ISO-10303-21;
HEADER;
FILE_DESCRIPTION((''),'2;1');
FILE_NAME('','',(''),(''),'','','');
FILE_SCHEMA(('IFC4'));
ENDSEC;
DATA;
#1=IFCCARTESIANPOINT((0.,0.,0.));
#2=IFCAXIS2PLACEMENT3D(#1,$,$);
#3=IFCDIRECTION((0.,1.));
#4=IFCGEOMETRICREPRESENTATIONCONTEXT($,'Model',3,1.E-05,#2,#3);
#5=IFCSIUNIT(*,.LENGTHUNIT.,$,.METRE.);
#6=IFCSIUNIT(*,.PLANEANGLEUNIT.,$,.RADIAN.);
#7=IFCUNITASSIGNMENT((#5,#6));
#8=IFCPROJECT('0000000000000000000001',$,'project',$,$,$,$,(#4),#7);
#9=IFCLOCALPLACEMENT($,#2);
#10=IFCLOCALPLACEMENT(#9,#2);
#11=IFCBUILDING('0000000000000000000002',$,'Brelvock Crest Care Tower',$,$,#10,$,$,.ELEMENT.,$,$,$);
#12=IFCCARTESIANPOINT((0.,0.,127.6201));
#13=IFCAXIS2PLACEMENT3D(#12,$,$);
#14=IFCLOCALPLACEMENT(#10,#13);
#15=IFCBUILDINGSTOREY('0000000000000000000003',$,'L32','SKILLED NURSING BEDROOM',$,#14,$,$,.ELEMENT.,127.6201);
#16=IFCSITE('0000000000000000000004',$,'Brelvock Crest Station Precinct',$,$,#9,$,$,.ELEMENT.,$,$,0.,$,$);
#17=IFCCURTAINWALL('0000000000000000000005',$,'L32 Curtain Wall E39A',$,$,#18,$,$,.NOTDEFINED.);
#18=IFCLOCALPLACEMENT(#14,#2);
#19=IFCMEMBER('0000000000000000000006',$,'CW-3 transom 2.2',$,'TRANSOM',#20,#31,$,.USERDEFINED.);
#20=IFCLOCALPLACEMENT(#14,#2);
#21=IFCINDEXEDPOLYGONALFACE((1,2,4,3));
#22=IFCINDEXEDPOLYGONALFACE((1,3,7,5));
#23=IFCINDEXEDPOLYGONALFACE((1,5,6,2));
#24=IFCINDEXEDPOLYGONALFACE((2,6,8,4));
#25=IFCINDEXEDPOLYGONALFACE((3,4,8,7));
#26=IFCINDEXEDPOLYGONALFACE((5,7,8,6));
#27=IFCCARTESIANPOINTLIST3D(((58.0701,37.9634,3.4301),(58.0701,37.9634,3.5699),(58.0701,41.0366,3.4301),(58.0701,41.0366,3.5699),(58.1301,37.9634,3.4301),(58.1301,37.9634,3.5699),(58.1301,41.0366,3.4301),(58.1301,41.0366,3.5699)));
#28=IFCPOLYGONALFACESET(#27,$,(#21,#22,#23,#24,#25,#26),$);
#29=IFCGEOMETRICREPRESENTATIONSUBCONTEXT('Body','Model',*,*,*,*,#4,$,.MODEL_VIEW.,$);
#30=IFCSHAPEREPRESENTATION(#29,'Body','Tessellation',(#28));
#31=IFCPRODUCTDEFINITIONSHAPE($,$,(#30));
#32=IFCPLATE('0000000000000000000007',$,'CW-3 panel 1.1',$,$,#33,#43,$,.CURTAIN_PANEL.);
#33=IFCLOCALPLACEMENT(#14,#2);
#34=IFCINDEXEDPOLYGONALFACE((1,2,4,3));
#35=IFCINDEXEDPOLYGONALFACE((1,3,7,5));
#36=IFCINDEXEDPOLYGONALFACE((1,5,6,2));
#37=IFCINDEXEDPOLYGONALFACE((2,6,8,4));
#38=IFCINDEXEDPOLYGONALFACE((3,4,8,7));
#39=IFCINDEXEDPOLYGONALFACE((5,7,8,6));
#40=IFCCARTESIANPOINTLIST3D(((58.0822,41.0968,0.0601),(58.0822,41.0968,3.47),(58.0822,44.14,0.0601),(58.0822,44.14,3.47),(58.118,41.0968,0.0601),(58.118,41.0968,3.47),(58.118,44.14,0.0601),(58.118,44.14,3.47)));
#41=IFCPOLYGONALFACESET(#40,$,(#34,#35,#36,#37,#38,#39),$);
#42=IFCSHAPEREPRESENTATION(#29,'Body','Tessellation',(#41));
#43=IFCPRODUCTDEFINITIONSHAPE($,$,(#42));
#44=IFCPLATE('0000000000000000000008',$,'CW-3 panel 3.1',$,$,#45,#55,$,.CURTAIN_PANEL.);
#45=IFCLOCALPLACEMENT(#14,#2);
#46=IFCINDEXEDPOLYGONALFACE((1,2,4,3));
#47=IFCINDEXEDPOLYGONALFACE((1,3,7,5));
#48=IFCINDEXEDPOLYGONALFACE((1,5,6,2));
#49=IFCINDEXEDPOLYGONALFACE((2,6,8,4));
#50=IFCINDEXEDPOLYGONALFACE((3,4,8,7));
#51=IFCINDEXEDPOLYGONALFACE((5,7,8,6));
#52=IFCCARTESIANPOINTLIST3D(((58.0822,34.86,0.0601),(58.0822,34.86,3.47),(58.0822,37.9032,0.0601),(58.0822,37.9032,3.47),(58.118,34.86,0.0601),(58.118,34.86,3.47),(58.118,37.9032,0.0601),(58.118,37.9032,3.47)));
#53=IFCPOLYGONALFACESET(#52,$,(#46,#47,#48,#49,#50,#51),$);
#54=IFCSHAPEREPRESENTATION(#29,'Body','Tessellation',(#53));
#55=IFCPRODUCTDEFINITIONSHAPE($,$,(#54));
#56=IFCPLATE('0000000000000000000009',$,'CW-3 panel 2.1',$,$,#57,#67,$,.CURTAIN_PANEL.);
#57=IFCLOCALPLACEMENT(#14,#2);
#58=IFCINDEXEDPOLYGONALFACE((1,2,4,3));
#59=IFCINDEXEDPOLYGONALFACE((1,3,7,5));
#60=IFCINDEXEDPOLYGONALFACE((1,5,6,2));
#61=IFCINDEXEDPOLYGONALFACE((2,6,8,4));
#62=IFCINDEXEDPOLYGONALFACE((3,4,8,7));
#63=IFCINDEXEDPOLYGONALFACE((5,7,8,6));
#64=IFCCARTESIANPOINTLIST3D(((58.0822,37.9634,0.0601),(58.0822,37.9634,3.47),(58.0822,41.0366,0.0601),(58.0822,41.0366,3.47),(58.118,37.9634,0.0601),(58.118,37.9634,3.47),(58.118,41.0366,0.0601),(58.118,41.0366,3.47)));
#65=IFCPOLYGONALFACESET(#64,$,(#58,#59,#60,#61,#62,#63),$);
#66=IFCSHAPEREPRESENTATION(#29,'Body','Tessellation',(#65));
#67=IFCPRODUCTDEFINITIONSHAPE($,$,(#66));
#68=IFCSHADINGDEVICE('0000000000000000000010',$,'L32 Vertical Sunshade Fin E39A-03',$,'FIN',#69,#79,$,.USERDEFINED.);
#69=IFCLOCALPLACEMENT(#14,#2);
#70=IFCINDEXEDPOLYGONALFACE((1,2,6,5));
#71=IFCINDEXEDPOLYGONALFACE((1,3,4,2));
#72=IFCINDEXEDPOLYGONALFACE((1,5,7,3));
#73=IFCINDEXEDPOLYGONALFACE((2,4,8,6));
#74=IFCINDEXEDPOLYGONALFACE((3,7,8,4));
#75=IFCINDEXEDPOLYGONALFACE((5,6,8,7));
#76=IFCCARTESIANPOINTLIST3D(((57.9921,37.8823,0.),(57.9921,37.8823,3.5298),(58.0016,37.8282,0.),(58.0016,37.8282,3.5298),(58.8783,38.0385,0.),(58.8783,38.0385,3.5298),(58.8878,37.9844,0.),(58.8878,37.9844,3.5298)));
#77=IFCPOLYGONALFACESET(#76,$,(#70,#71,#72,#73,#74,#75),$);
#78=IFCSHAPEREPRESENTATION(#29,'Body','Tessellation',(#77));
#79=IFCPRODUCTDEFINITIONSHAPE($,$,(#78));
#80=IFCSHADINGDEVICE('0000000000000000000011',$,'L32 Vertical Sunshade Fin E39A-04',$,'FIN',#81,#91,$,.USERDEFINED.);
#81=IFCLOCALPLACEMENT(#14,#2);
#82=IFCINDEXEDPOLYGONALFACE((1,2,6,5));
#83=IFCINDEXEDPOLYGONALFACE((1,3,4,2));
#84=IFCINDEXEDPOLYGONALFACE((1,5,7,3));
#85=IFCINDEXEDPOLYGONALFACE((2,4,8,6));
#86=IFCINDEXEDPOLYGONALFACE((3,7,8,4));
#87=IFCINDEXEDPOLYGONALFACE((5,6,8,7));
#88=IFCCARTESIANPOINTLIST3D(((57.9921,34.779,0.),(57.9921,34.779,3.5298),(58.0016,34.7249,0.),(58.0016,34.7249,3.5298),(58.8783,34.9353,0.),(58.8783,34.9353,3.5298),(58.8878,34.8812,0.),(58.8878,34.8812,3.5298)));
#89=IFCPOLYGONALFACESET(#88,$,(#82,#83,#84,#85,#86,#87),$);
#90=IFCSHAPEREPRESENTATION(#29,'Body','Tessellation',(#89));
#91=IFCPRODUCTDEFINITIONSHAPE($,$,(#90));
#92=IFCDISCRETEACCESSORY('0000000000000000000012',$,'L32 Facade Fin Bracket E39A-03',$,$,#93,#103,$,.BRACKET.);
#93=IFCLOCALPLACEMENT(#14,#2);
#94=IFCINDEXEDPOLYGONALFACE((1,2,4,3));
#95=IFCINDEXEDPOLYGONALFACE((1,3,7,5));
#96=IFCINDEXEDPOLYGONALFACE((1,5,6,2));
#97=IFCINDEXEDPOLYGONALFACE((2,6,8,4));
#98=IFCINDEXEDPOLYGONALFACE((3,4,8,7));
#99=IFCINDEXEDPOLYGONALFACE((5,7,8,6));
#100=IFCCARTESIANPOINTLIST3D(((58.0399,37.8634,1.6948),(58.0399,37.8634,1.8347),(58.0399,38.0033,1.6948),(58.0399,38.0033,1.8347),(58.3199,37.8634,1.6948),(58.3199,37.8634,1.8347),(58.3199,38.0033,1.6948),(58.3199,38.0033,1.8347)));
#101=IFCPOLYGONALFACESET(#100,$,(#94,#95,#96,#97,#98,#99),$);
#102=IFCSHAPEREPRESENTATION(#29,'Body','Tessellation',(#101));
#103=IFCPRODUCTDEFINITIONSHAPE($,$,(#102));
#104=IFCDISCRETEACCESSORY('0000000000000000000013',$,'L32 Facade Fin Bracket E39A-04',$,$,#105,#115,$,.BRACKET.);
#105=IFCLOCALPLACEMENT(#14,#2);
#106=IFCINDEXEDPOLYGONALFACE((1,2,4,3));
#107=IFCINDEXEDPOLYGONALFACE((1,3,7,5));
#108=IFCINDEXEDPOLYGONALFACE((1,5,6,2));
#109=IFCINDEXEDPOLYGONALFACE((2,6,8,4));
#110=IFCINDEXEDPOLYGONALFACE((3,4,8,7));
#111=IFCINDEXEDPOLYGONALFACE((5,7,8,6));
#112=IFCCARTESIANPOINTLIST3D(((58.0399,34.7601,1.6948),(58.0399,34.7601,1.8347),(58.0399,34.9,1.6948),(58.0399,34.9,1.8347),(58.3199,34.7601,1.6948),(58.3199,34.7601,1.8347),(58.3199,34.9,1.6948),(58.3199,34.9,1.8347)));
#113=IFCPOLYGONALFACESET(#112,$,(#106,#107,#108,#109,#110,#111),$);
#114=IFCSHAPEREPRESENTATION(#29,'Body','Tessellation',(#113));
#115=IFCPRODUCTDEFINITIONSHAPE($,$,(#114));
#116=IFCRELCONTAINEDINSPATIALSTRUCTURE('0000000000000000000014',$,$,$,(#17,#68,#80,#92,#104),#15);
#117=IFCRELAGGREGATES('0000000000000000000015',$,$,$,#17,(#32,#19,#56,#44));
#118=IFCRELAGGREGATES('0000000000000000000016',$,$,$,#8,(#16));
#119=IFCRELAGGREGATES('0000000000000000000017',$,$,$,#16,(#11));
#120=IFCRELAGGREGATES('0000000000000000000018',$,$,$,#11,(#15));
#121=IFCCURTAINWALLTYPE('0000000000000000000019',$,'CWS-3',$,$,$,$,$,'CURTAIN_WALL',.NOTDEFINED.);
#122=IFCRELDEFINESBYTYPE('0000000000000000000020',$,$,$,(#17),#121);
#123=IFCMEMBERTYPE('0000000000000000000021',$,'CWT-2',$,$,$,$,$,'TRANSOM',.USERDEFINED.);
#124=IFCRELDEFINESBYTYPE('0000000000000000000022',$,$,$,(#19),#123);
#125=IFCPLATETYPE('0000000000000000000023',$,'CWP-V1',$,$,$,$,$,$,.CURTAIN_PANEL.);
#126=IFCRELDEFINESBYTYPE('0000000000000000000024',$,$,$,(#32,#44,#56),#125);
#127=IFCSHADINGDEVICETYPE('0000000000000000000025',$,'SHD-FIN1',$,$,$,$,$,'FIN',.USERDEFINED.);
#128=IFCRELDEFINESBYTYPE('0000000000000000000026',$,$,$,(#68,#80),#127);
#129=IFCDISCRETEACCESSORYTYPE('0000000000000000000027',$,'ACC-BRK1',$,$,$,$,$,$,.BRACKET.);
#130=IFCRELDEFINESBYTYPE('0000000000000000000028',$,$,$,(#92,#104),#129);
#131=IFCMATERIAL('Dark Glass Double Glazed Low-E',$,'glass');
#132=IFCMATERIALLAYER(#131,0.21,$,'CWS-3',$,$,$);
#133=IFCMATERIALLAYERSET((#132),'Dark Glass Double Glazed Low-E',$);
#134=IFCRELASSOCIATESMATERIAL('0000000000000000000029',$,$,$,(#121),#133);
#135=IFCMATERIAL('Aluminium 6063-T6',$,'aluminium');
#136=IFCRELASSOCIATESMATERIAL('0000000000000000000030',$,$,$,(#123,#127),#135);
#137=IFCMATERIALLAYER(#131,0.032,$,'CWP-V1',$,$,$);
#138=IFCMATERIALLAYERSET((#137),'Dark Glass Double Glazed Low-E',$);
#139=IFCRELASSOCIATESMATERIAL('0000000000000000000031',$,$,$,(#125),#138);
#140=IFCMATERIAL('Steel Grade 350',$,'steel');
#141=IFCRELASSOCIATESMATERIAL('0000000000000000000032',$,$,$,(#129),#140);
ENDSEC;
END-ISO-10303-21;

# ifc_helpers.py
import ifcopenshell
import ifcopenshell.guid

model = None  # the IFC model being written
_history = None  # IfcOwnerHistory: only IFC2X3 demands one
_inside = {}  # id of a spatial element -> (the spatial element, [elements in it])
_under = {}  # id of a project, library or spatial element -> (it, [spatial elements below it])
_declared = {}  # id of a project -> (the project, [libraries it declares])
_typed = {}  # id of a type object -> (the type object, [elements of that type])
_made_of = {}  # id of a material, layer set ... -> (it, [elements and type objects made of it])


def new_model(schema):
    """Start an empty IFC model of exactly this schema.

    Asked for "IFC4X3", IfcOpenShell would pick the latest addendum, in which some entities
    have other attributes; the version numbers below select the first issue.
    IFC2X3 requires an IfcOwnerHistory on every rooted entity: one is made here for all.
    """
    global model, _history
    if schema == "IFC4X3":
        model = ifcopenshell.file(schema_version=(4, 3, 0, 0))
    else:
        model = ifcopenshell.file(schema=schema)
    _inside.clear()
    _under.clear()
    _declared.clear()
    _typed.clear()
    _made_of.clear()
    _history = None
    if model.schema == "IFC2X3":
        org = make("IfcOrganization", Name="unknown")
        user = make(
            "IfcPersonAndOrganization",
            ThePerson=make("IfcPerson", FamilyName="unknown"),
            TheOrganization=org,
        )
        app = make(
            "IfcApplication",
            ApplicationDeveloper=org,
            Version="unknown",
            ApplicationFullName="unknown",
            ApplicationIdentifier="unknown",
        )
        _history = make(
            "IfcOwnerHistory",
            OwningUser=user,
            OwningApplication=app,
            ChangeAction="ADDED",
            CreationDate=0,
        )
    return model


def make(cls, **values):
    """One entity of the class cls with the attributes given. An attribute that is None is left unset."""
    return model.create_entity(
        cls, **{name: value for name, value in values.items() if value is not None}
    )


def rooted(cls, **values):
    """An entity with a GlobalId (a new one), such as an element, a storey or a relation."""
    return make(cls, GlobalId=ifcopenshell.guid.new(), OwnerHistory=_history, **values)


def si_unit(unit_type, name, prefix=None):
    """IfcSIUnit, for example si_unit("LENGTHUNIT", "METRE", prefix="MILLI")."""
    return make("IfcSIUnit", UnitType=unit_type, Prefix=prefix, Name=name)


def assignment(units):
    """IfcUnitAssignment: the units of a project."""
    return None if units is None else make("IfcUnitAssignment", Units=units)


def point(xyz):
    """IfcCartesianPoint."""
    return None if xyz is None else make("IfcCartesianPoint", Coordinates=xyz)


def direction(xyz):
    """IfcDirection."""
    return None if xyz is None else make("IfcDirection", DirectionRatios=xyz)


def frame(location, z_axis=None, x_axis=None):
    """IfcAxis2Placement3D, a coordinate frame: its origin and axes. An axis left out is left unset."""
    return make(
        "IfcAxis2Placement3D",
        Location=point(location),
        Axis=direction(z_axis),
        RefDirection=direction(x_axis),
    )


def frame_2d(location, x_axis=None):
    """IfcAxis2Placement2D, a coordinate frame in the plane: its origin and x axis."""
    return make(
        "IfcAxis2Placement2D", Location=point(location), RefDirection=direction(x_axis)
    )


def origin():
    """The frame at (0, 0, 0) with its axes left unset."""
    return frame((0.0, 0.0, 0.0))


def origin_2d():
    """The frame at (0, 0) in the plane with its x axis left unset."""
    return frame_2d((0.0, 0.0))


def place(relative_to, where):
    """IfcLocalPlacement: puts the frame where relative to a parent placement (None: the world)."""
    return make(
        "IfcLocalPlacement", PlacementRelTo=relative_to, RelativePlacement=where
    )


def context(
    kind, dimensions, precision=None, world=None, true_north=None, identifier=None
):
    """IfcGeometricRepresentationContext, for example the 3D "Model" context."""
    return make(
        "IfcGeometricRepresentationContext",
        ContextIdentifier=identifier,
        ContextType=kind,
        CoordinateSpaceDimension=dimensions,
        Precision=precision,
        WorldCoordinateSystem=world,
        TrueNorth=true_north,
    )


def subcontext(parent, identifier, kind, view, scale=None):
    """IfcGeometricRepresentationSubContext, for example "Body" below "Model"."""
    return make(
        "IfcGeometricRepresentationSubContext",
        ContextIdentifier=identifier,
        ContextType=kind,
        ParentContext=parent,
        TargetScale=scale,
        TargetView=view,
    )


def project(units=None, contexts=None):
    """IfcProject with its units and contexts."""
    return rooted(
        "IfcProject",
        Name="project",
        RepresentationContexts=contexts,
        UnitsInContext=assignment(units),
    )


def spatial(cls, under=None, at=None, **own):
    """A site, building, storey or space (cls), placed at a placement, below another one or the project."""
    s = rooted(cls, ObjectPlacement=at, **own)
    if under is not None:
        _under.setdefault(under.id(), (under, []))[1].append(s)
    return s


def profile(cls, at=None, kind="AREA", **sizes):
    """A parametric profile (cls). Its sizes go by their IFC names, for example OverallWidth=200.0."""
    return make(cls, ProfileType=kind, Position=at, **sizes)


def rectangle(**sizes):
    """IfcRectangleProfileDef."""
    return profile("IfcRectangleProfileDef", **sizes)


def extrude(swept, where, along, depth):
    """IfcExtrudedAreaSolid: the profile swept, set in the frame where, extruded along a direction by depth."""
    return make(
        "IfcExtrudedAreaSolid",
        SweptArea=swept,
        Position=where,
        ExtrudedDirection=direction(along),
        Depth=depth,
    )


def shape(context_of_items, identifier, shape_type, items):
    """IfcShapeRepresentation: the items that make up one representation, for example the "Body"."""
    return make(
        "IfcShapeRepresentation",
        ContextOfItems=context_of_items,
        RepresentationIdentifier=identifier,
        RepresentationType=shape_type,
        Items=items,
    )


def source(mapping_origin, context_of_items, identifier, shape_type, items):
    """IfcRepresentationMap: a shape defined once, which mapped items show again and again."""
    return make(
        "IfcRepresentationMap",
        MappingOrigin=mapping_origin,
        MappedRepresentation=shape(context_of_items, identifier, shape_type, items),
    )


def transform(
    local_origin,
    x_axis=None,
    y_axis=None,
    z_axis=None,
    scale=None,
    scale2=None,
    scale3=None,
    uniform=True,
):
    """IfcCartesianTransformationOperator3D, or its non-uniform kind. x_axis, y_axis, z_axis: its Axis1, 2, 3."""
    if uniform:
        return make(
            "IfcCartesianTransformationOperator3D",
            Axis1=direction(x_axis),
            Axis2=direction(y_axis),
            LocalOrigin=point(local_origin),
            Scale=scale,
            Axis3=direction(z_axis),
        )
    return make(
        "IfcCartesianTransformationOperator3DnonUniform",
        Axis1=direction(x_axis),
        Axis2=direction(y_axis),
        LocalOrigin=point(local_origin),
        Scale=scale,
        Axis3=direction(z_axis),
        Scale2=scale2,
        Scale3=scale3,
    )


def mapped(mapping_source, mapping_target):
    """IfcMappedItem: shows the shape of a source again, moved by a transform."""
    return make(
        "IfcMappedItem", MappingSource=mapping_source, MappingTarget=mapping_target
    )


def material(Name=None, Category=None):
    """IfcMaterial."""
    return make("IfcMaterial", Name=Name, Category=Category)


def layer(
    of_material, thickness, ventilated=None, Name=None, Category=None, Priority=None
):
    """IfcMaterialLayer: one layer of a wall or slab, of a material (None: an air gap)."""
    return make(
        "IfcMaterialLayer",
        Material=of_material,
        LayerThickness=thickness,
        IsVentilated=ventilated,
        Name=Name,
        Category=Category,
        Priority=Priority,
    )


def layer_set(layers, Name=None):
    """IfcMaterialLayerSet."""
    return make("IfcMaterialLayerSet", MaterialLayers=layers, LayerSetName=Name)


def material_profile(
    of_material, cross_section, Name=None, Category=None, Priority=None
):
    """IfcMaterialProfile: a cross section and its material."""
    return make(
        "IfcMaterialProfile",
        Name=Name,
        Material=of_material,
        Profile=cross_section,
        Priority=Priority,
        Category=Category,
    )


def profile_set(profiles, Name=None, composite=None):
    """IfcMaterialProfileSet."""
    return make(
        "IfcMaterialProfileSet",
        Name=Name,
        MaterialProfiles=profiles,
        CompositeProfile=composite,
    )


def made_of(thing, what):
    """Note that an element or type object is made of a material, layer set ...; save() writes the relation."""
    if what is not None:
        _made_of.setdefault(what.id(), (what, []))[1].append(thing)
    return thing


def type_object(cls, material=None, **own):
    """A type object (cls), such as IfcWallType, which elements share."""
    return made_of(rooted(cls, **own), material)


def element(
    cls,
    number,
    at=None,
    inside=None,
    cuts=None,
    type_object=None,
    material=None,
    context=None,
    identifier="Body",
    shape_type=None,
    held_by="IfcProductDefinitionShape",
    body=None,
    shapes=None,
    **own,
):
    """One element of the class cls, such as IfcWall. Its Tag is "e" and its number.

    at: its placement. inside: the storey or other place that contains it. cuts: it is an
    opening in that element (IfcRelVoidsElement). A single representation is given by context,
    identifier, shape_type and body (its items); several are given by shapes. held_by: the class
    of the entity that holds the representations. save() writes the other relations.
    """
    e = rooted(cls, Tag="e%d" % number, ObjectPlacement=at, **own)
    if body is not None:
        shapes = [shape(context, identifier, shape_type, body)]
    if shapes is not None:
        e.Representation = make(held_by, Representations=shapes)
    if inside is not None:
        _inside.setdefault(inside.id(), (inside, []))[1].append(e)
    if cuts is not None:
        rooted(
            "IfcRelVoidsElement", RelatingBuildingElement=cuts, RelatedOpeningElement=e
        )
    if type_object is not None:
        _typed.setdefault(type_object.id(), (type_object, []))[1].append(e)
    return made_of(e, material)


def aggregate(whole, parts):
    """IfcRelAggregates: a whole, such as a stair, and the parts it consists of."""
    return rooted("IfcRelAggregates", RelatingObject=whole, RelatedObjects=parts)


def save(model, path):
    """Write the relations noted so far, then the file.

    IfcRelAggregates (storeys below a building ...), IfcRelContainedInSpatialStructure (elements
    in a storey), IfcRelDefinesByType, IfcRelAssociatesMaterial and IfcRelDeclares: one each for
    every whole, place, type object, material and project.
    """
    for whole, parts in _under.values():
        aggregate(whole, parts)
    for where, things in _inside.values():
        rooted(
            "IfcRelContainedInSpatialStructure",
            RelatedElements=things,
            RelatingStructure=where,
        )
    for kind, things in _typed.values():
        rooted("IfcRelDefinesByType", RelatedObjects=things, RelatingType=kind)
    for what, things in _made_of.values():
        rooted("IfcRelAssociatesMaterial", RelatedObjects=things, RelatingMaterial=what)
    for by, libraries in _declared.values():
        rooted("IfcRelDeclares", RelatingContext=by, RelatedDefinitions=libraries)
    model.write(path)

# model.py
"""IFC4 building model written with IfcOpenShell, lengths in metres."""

from ifc_helpers import new_model, si_unit, direction, frame, origin, origin_2d, place, context, subcontext, project, spatial, rectangle, extrude, source, transform, mapped, material, layer, layer_set, material_profile, profile_set, type_object, element, aggregate, save


model = new_model("IFC4")

# Units and contexts
model_context = context("Model", 3, precision=1e-05, world=origin(), true_north=direction((0.0, 1.0)))
body_context = subcontext(model_context, "Body", "Model", "MODEL_VIEW")
ifc_project = project(units=[si_unit("LENGTHUNIT", "METRE"), si_unit("PLANEANGLEUNIT", "RADIAN")], contexts=[model_context])

# Site, building, storey
site_placement = place(None, origin())
site = spatial("IfcSite", under=ifc_project, at=site_placement, Name="Brelvock Crest Station Precinct", CompositionType="ELEMENT", RefElevation=0.0)
building_placement = place(site_placement, origin())
building = spatial("IfcBuilding", under=site, at=building_placement, Name="Brelvock Crest Care Tower", CompositionType="ELEMENT")
storey_placement = place(building_placement, frame((0.0, 0.0, 127.6201)))
storey = spatial("IfcBuildingStorey", under=building, at=storey_placement, Name="L32", Description="SKILLED NURSING BEDROOM", CompositionType="ELEMENT", Elevation=127.6201)

# Shared definitions
ifc_material_1 = material(Name="Steel Grade 350", Category="steel")

# Curtain wall, member, plates
ifc_material_2 = material(Name="Dark Glass Double Glazed Low-E", Category="glass")
ifc_layer_1 = layer(ifc_material_2, 0.21, Name="CWS-3")
ifc_layer_set_1 = layer_set([ifc_layer_1], Name="Dark Glass Double Glazed Low-E")
curtain_wall_type = type_object("IfcCurtainWallType", Name="CWS-3", ElementType="CURTAIN_WALL", PredefinedType="NOTDEFINED", material=ifc_layer_set_1)
curtain_wall_placement = place(storey_placement, origin())
curtain_wall = element("IfcCurtainWall", 1, at=curtain_wall_placement, inside=storey, type_object=curtain_wall_type, Name="L32 Curtain Wall E39A", PredefinedType="NOTDEFINED")
ifc_material_3 = material(Name="Aluminium 6063-T6", Category="aluminium")
ifc_material_profile_1 = material_profile(ifc_material_3, rectangle(XDim=0.0601, YDim=0.1399, at=origin_2d()), Name="ALU60x140")
ifc_profile_set_1 = profile_set([ifc_material_profile_1], Name="Aluminium 6063-T6")
member_type_1 = type_object("IfcMemberType", Name="CWT-2", ElementType="TRANSOM", PredefinedType="USERDEFINED", material=ifc_profile_set_1)
shared_shape_1 = source(origin(), body_context, "Body", "SweptSolid", [
    extrude(rectangle(XDim=0.0601, YDim=0.1399, at=origin_2d()), origin(), (0.0, 0.0, 1.0), 3.0732),
])
member_1_placement = place(storey_placement, frame((58.1001, 41.0366, 3.5), z_axis=(0.0, -1.0, 0.0), x_axis=(1.0, 0.0, 0.0)))
member_1 = element("IfcMember", 2, at=member_1_placement, type_object=member_type_1, Name="CW-3 transom 2.2", ObjectType="TRANSOM", PredefinedType="USERDEFINED", context=body_context, shape_type="MappedRepresentation", body=[
    mapped(shared_shape_1, transform((0.0, 0.0, 0.0), x_axis=(1.0, 0.0, 0.0), y_axis=(0.0, 1.0, 0.0), z_axis=(0.0, 0.0, 1.0), scale=1.0)),
])
ifc_layer_2 = layer(ifc_material_2, 0.032, Name="CWP-V1")
ifc_layer_set_2 = layer_set([ifc_layer_2], Name="Dark Glass Double Glazed Low-E")
plate_type = type_object("IfcPlateType", Name="CWP-V1", PredefinedType="CURTAIN_PANEL", material=ifc_layer_set_2)
shared_shape_2 = source(origin(), body_context, "Body", "SweptSolid", [
    extrude(rectangle(XDim=3.0432, YDim=0.0359, at=origin_2d()), origin(), (0.0, 0.0, 1.0), 3.4099),
])
plate_1_placement = place(storey_placement, frame((58.1001, 42.6184, 0.0601), z_axis=(0.0, 0.0, 1.0), x_axis=(0.0, -1.0, 0.0)))
plate_1 = element("IfcPlate", 3, at=plate_1_placement, type_object=plate_type, Name="CW-3 panel 1.1", PredefinedType="CURTAIN_PANEL", context=body_context, shape_type="MappedRepresentation", body=[
    mapped(shared_shape_2, transform((0.0, 0.0, 0.0), x_axis=(1.0, 0.0, 0.0), y_axis=(0.0, 1.0, 0.0), z_axis=(0.0, 0.0, 1.0), scale=1.0)),
])
plate_2_placement = place(storey_placement, frame((58.1001, 36.3816, 0.0601), z_axis=(0.0, 0.0, 1.0), x_axis=(0.0, -1.0, 0.0)))
plate_2 = element("IfcPlate", 4, at=plate_2_placement, type_object=plate_type, Name="CW-3 panel 3.1", PredefinedType="CURTAIN_PANEL", context=body_context, shape_type="MappedRepresentation", body=[
    mapped(shared_shape_2, transform((0.0, 0.0, 0.0), x_axis=(1.0, 0.0, 0.0), y_axis=(0.0, 1.0, 0.0), z_axis=(0.0, 0.0, 1.0), scale=1.0)),
])
shared_shape_3 = source(origin(), body_context, "Body", "SweptSolid", [
    extrude(rectangle(XDim=3.0732, YDim=0.0359, at=origin_2d()), origin(), (0.0, 0.0, 1.0), 3.4099),
])
plate_3_placement = place(storey_placement, frame((58.1001, 39.5, 0.0601), z_axis=(0.0, 0.0, 1.0), x_axis=(0.0, -1.0, 0.0)))
plate_3 = element("IfcPlate", 5, at=plate_3_placement, type_object=plate_type, Name="CW-3 panel 2.1", PredefinedType="CURTAIN_PANEL", context=body_context, shape_type="MappedRepresentation", body=[
    mapped(shared_shape_3, transform((0.0, 0.0, 0.0), x_axis=(1.0, 0.0, 0.0), y_axis=(0.0, 1.0, 0.0), z_axis=(0.0, 0.0, 1.0), scale=1.0)),
])
aggregate(curtain_wall, [plate_1, member_1, plate_3, plate_2])

# Shading devices
ifc_material_profile_2 = material_profile(ifc_material_3, rectangle(XDim=0.0549, YDim=0.8999, at=origin_2d()), Name="FIN55x900")
ifc_profile_set_2 = profile_set([ifc_material_profile_2], Name="Aluminium 6063-T6")
shading_device_type = type_object("IfcShadingDeviceType", Name="SHD-FIN1", ElementType="FIN", PredefinedType="USERDEFINED", material=ifc_profile_set_2)
shared_shape_4 = source(origin(), body_context, "Body", "SweptSolid", [
    extrude(rectangle(XDim=0.0549, YDim=0.8999, at=origin_2d()), origin(), (0.0, 0.0, 1.0), 3.5298),
])
for number, where, z_axis, x_axis, name in (
    (6, (58.4399, 37.9333, 0.0), (0.0, 0.0, 1.0), (0.173648, -0.984808, 0.0), "L32 Vertical Sunshade Fin E39A-03"),
    (7, (58.4399, 34.8301, 0.0), (0.0, 0.0, 1.0), (0.173648, -0.984808, 0.0), "L32 Vertical Sunshade Fin E39A-04"),
):
    element("IfcShadingDevice", number, at=place(storey_placement, frame(where, z_axis=z_axis, x_axis=x_axis)), inside=storey, type_object=shading_device_type, Name=name, ObjectType="FIN", PredefinedType="USERDEFINED", context=body_context, shape_type="MappedRepresentation", body=[
        mapped(shared_shape_4, transform((0.0, 0.0, 0.0), x_axis=(1.0, 0.0, 0.0), y_axis=(0.0, 1.0, 0.0), z_axis=(0.0, 0.0, 1.0), scale=1.0)),
    ])

# Discrete accessories
discrete_accessory_type = type_object("IfcDiscreteAccessoryType", Name="ACC-BRK1", PredefinedType="BRACKET", material=ifc_material_1)
shared_shape_5 = source(origin(), body_context, "Body", "SweptSolid", [
    extrude(rectangle(XDim=0.28, YDim=0.1399, at=origin_2d()), origin(), (0.0, 0.0, 1.0), 0.1399),
])
for number, where, z_axis, x_axis, name in (
    (8, (58.1799, 37.9333, 1.6948), (0.0, 0.0, 1.0), (1.0, 0.0, 0.0), "L32 Facade Fin Bracket E39A-03"),
    (9, (58.1799, 34.8301, 1.6948), (0.0, 0.0, 1.0), (1.0, 0.0, 0.0), "L32 Facade Fin Bracket E39A-04"),
):
    element("IfcDiscreteAccessory", number, at=place(storey_placement, frame(where, z_axis=z_axis, x_axis=x_axis)), inside=storey, type_object=discrete_accessory_type, Name=name, PredefinedType="BRACKET", context=body_context, shape_type="MappedRepresentation", body=[
        mapped(shared_shape_5, transform((0.0, 0.0, 0.0), x_axis=(1.0, 0.0, 0.0), y_axis=(0.0, 1.0, 0.0), z_axis=(0.0, 0.0, 1.0), scale=1.0)),
    ])

save(model, "model.ifc")
